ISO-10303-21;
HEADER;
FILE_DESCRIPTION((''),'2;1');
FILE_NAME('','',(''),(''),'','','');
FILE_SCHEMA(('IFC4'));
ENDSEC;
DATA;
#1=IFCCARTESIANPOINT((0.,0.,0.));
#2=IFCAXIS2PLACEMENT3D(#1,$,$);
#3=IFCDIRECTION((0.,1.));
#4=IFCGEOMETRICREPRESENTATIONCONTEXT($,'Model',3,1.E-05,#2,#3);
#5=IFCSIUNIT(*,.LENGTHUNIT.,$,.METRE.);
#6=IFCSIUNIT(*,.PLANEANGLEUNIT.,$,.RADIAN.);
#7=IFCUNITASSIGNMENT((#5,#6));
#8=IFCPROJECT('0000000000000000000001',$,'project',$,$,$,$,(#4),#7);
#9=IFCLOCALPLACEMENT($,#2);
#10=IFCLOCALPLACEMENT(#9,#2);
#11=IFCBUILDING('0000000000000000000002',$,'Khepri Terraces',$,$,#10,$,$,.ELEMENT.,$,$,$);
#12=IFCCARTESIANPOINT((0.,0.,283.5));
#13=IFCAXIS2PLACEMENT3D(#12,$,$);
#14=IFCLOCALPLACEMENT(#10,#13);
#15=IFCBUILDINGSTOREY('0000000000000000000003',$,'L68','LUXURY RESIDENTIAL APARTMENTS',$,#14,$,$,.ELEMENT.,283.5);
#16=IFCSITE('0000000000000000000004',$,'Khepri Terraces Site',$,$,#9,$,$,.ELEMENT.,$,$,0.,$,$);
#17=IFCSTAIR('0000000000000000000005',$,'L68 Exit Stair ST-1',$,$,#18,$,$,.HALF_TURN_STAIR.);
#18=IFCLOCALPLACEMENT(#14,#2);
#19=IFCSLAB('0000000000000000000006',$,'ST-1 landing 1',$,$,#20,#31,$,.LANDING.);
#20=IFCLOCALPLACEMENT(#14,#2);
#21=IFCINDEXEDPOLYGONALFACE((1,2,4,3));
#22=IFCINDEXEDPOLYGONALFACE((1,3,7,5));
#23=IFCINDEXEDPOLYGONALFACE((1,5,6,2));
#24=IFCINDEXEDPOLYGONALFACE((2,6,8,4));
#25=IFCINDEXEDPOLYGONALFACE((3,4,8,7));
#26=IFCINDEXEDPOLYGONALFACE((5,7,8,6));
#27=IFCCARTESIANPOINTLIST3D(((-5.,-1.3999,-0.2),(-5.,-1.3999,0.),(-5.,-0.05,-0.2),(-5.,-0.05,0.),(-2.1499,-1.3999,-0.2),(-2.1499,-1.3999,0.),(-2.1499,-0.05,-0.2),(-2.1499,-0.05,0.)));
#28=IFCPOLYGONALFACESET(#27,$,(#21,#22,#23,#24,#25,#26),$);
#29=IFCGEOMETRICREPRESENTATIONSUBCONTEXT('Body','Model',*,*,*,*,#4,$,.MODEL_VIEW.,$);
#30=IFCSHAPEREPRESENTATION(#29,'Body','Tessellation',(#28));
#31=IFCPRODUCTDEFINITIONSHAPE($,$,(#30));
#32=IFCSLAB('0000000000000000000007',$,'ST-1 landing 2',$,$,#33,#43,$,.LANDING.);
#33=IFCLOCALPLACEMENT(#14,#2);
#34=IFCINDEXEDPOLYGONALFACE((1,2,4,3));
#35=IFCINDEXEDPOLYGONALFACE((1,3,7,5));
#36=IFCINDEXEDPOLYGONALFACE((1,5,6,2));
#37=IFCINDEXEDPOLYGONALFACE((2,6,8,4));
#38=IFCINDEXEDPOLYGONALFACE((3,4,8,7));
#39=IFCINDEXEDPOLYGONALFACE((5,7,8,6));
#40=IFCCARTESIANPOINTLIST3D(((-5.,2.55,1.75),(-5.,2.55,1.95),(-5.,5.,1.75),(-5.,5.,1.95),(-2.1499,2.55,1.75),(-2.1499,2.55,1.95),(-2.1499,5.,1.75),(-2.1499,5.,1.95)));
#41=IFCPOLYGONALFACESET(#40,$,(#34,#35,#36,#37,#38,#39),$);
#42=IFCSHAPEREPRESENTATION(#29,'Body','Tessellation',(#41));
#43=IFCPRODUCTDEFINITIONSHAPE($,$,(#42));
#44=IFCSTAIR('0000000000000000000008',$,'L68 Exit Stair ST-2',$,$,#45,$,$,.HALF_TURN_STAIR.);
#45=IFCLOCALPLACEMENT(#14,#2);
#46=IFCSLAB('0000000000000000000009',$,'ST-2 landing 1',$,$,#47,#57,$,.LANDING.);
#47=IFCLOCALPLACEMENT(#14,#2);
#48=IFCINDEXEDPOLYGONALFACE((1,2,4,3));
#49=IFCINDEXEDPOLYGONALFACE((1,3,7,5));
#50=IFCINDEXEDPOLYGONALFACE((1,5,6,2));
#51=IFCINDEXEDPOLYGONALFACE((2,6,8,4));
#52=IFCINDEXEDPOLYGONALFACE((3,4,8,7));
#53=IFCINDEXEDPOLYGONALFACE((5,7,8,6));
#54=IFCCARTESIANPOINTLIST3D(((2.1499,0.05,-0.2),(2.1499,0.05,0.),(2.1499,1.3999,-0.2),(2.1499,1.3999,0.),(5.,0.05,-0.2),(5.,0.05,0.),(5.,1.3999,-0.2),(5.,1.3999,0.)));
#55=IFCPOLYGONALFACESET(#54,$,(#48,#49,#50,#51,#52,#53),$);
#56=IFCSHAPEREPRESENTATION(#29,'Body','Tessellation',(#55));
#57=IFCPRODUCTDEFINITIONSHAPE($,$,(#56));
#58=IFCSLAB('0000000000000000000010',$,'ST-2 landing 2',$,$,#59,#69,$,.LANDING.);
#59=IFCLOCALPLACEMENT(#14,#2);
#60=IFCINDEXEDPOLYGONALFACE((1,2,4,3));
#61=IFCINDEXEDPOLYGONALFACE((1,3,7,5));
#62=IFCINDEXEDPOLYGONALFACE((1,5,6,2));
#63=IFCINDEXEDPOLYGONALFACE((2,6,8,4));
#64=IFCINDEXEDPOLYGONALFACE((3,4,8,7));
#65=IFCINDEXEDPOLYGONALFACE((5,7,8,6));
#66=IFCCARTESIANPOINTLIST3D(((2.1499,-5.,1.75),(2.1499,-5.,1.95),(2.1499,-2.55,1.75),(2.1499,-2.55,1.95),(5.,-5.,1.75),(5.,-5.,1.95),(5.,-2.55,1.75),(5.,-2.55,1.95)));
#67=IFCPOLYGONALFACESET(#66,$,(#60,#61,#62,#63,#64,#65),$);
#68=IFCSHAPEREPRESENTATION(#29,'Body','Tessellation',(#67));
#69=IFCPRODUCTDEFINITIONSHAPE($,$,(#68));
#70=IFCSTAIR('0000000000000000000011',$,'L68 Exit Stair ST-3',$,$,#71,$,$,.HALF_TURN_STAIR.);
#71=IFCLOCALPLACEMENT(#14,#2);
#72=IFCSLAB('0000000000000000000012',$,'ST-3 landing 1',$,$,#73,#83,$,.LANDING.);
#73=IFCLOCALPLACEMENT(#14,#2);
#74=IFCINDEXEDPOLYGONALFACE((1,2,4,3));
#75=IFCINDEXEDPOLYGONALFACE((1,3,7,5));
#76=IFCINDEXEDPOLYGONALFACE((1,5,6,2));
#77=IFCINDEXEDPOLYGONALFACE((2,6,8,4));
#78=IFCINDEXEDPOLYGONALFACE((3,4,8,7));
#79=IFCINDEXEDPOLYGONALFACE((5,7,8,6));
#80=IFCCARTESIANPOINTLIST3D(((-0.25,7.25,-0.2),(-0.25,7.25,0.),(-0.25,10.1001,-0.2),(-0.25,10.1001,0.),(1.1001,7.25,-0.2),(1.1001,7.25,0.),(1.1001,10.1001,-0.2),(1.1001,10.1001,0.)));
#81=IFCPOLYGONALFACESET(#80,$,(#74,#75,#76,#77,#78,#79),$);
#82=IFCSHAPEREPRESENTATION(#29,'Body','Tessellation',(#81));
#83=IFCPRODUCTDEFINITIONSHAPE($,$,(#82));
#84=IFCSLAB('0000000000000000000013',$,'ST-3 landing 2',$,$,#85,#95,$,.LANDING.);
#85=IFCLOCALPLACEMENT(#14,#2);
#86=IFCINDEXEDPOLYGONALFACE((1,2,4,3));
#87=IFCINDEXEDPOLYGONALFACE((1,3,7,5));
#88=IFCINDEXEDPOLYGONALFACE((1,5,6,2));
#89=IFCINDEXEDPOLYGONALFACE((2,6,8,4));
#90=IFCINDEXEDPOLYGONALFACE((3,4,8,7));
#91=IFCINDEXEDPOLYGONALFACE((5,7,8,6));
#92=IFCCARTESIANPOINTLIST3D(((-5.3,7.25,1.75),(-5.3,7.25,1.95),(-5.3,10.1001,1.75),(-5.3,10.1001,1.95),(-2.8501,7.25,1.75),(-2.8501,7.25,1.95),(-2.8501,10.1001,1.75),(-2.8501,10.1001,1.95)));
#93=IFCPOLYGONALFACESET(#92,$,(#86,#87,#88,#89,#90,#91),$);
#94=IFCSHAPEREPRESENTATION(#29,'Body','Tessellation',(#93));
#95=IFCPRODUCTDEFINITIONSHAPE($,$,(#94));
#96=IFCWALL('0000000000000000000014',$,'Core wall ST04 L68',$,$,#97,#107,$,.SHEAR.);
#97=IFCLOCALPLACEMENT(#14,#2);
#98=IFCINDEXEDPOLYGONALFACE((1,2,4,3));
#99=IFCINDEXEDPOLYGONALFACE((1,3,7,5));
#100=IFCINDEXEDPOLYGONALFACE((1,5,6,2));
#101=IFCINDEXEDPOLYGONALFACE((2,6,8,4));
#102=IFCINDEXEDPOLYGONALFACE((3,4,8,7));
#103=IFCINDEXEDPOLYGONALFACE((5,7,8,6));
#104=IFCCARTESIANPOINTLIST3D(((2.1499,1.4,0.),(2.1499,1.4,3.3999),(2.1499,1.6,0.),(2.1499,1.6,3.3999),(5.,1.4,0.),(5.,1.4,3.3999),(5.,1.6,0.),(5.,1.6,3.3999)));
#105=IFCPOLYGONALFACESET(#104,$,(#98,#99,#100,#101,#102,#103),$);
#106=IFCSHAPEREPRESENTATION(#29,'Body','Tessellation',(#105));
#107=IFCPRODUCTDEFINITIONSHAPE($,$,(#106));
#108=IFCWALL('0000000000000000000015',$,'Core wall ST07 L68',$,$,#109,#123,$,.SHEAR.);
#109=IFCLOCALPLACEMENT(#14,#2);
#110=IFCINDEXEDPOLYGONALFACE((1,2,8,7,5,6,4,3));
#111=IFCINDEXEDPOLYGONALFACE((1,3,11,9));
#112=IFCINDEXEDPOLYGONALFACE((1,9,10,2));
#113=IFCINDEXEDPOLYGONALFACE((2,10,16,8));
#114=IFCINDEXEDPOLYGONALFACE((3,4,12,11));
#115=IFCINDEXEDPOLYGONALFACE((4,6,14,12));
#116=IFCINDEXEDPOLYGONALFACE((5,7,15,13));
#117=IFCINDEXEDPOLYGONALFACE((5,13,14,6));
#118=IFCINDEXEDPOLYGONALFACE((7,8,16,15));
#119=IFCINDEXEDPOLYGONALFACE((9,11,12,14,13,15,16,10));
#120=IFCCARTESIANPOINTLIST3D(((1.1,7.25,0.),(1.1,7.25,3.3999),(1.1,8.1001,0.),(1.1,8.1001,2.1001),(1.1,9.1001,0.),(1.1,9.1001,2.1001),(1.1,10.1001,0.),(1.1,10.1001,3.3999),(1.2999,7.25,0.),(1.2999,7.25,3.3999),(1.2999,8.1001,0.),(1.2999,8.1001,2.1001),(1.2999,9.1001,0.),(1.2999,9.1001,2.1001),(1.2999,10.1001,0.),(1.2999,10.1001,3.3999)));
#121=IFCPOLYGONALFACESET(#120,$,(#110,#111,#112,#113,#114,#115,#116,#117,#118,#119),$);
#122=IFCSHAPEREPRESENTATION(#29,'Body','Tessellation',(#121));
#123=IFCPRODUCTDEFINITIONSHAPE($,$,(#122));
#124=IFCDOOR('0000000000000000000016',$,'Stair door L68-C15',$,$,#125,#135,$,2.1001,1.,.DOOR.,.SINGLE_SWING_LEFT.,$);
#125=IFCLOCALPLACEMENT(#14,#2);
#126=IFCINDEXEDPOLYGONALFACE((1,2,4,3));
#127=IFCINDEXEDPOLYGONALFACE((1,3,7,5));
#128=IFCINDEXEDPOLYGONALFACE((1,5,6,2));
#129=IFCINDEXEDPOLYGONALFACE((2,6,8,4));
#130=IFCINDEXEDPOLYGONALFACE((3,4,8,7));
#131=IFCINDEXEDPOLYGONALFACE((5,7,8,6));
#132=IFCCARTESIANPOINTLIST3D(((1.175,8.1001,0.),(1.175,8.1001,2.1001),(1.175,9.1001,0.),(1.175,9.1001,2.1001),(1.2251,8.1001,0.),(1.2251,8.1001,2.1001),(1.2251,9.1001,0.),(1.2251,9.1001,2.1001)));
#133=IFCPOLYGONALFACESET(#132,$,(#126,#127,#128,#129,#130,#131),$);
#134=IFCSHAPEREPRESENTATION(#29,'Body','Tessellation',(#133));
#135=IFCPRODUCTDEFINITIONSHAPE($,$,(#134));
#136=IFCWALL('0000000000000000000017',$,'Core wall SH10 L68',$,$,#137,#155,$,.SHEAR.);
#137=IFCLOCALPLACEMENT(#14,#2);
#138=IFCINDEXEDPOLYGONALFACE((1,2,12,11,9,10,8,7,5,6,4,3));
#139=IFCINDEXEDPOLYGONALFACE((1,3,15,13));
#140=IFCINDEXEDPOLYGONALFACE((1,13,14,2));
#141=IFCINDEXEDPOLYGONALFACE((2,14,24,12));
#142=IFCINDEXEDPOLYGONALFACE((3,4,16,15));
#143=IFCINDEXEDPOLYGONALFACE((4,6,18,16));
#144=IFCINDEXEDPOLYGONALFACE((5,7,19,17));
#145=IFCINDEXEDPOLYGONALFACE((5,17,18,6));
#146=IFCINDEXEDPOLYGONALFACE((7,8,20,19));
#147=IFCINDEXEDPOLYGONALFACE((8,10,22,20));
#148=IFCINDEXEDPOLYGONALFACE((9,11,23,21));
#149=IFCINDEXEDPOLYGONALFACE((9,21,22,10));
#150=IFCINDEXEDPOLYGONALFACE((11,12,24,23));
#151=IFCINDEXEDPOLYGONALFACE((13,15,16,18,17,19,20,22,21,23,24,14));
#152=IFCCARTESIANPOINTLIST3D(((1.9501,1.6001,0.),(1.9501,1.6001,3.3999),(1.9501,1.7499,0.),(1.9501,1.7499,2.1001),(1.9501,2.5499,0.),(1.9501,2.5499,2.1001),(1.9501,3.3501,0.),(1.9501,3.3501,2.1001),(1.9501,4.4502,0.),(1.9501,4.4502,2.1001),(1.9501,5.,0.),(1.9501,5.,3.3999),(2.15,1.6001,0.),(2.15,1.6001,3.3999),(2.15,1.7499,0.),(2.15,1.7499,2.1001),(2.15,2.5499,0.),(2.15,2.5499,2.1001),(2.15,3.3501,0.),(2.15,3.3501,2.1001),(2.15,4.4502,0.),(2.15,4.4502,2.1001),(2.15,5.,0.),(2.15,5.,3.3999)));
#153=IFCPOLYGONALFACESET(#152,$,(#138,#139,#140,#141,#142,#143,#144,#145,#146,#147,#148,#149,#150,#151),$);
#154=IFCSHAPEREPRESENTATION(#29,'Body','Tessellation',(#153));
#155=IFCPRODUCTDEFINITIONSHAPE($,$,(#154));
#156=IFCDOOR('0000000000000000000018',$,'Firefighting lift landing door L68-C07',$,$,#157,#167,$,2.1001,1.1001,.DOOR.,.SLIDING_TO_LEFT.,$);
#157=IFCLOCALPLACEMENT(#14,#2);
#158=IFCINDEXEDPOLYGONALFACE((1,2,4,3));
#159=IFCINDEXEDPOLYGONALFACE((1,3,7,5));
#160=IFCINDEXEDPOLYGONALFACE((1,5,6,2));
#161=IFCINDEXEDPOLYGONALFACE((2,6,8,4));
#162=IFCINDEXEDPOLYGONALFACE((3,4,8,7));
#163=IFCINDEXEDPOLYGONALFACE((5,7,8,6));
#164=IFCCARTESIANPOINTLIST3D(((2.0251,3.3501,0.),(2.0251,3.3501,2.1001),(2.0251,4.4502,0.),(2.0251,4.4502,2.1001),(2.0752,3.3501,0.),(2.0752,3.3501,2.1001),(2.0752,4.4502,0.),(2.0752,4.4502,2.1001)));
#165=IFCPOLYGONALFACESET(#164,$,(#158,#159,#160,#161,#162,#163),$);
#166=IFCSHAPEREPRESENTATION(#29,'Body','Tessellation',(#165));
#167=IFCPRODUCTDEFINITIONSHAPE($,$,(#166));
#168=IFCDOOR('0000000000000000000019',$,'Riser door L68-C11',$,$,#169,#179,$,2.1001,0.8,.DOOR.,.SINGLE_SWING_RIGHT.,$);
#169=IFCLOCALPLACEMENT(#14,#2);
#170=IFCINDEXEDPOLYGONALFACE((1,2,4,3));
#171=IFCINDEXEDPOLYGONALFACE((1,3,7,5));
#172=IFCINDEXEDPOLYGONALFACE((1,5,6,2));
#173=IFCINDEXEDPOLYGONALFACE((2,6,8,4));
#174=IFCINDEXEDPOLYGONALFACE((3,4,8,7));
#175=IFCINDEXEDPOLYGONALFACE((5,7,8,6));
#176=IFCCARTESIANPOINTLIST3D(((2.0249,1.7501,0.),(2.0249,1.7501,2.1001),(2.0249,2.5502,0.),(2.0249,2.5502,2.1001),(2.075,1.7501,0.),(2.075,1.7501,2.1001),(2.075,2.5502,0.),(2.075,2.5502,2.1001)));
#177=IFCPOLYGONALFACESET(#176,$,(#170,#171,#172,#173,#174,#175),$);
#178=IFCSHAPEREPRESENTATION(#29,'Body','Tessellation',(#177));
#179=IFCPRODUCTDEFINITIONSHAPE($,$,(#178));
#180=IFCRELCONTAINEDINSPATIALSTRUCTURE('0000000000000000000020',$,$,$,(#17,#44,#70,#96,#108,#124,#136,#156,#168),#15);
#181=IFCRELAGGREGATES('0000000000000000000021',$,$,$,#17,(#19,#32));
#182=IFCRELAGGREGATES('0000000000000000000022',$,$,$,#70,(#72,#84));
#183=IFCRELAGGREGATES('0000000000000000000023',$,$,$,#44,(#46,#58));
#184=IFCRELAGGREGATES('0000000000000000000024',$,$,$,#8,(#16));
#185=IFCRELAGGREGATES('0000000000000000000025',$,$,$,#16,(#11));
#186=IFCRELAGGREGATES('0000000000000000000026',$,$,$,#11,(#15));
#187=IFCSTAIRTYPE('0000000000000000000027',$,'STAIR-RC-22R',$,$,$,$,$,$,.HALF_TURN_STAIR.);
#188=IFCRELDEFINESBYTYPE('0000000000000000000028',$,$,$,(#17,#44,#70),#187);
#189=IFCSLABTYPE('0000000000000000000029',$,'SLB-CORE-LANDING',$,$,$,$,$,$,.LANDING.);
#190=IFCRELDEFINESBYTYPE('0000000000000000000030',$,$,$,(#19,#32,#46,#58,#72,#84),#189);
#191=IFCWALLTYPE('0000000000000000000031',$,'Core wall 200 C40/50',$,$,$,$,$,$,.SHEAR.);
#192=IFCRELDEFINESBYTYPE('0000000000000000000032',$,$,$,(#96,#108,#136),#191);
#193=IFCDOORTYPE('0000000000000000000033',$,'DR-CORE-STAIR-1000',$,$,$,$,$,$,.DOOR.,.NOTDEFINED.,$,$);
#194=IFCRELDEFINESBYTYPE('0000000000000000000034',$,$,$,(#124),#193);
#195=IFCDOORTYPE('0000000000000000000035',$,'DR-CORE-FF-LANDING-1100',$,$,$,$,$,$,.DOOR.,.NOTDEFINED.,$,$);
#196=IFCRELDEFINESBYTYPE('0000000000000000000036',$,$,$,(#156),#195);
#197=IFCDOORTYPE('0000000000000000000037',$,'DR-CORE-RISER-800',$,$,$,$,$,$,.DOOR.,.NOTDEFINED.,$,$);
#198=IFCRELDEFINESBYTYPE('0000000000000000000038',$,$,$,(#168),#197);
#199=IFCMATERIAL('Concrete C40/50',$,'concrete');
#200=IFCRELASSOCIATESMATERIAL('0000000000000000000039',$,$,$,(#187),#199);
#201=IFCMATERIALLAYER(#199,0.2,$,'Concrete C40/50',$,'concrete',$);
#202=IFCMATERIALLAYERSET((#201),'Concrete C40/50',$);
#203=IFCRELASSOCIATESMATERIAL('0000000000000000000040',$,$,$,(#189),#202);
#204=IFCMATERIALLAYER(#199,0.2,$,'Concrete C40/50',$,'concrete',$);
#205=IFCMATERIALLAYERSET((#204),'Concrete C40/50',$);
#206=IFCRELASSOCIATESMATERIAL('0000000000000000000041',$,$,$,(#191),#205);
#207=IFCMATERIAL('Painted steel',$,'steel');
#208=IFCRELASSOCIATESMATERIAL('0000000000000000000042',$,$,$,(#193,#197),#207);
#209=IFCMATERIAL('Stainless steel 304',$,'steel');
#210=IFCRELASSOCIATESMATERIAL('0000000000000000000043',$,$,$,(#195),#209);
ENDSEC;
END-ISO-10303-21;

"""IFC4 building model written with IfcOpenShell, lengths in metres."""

from ifc_helpers import new_model, si_unit, direction, frame, frame_2d, origin, place, context, subcontext, project, spatial, polyline, rectangle, outline, extrude, material, layer, layer_set, type_object, element, fill, aggregate, save


model = new_model("IFC4")

# Units and contexts
model_context = context("Model", 3, precision=1e-05, world=origin(), true_north=direction((0.0, 1.0)))
body_context = subcontext(model_context, "Body", "Model", "MODEL_VIEW")
ifc_project = project(units=[si_unit("LENGTHUNIT", "METRE"), si_unit("PLANEANGLEUNIT", "RADIAN")], contexts=[model_context])

# Site, building, storey
site_placement = place(None, origin())
site = spatial("IfcSite", under=ifc_project, at=site_placement, Name="Khepri Terraces Site", CompositionType="ELEMENT", RefElevation=0.0)
building_placement = place(site_placement, origin())
building = spatial("IfcBuilding", under=site, at=building_placement, Name="Khepri Terraces", CompositionType="ELEMENT")
storey_placement = place(building_placement, frame((0.0, 0.0, 283.5)))
storey = spatial("IfcBuildingStorey", under=building, at=storey_placement, Name="L68", Description="LUXURY RESIDENTIAL APARTMENTS", CompositionType="ELEMENT", Elevation=283.5)

# Stairs, slabs
ifc_material_1 = material(Name="Concrete C40/50", Category="concrete")
stair_type = type_object("IfcStairType", Name="STAIR-RC-22R", PredefinedType="HALF_TURN_STAIR", material=ifc_material_1)
stair_1_placement = place(storey_placement, origin())
stair_1 = element("IfcStair", 1, at=stair_1_placement, inside=storey, type_object=stair_type, Name="L68 Exit Stair ST-1", PredefinedType="HALF_TURN_STAIR")
ifc_layer_1 = layer(ifc_material_1, 0.2, Name="Concrete C40/50", Category="concrete")
ifc_layer_set_1 = layer_set([ifc_layer_1], Name="Concrete C40/50")
slab_type = type_object("IfcSlabType", Name="SLB-CORE-LANDING", PredefinedType="LANDING", material=ifc_layer_set_1)
slab_1_placement = place(storey_placement, frame((0.0, 0.0, -0.2)))
slab_1 = element("IfcSlab", 2, at=slab_1_placement, type_object=slab_type, Name="ST-1 landing 1", PredefinedType="LANDING", context=body_context, shape_type="SweptSolid", body=[
    extrude(outline(polyline([(-2.1499, -1.3999), (-2.1499, -0.05), (-5.0, -0.05), (-5.0, -1.3999), (-2.1499, -1.3999)])), origin(), (0.0, 0.0, 1.0), 0.2),
])
slab_2_placement = place(storey_placement, frame((0.0, 0.0, 1.75)))
slab_2 = element("IfcSlab", 3, at=slab_2_placement, type_object=slab_type, Name="ST-1 landing 2", PredefinedType="LANDING", context=body_context, shape_type="SweptSolid", body=[
    extrude(outline(polyline([(-2.1499, 2.55), (-2.1499, 5.0), (-5.0, 5.0), (-5.0, 2.55), (-2.1499, 2.55)])), origin(), (0.0, 0.0, 1.0), 0.2),
])
aggregate(stair_1, [slab_1, slab_2])
stair_2_placement = place(storey_placement, origin())
stair_2 = element("IfcStair", 4, at=stair_2_placement, inside=storey, type_object=stair_type, Name="L68 Exit Stair ST-2", PredefinedType="HALF_TURN_STAIR")
slab_3_placement = place(storey_placement, frame((0.0, 0.0, -0.2)))
slab_3 = element("IfcSlab", 5, at=slab_3_placement, type_object=slab_type, Name="ST-2 landing 1", PredefinedType="LANDING", context=body_context, shape_type="SweptSolid", body=[
    extrude(outline(polyline([(2.1499, 1.3999), (2.1499, 0.05), (5.0, 0.05), (5.0, 1.3999), (2.1499, 1.3999)])), origin(), (0.0, 0.0, 1.0), 0.2),
])
slab_4_placement = place(storey_placement, frame((0.0, 0.0, 1.75)))
slab_4 = element("IfcSlab", 6, at=slab_4_placement, type_object=slab_type, Name="ST-2 landing 2", PredefinedType="LANDING", context=body_context, shape_type="SweptSolid", body=[
    extrude(outline(polyline([(2.1499, -2.55), (2.1499, -5.0), (5.0, -5.0), (5.0, -2.55), (2.1499, -2.55)])), origin(), (0.0, 0.0, 1.0), 0.2),
])
stair_3_placement = place(storey_placement, origin())
stair_3 = element("IfcStair", 7, at=stair_3_placement, inside=storey, type_object=stair_type, Name="L68 Exit Stair ST-3", PredefinedType="HALF_TURN_STAIR")
slab_5_placement = place(storey_placement, frame((0.0, 0.0, -0.2)))
slab_5 = element("IfcSlab", 8, at=slab_5_placement, type_object=slab_type, Name="ST-3 landing 1", PredefinedType="LANDING", context=body_context, shape_type="SweptSolid", body=[
    extrude(outline(polyline([(1.1001, 10.1001), (-0.25, 10.1001), (-0.25, 7.25), (1.1001, 7.25), (1.1001, 10.1001)])), origin(), (0.0, 0.0, 1.0), 0.2),
])
slab_6_placement = place(storey_placement, frame((0.0, 0.0, 1.75)))
slab_6 = element("IfcSlab", 9, at=slab_6_placement, type_object=slab_type, Name="ST-3 landing 2", PredefinedType="LANDING", context=body_context, shape_type="SweptSolid", body=[
    extrude(outline(polyline([(-2.8501, 10.1001), (-5.3, 10.1001), (-5.3, 7.25), (-2.8501, 7.25), (-2.8501, 10.1001)])), origin(), (0.0, 0.0, 1.0), 0.2),
])
aggregate(stair_3, [slab_5, slab_6])

# Wall
ifc_layer_2 = layer(ifc_material_1, 0.2, Name="Concrete C40/50", Category="concrete")
ifc_layer_set_2 = layer_set([ifc_layer_2], Name="Concrete C40/50")
wall_type_1 = type_object("IfcWallType", Name="Core wall 200 C40/50", PredefinedType="SHEAR", material=ifc_layer_set_2)
wall_1_placement = place(storey_placement, frame((2.1499, 1.5, 0.0), z_axis=(0.0, 0.0, 1.0), x_axis=(1.0, 0.0, 0.0)))
element("IfcWall", 10, at=wall_1_placement, inside=storey, type_object=wall_type_1, Name="Core wall ST04 L68", PredefinedType="SHEAR", context=body_context, shape_type="SweptSolid", body=[
    extrude(rectangle(XDim=2.8501, YDim=0.2, at=frame_2d((1.425, 0.0))), origin(), (0.0, 0.0, 1.0), 3.3999),
])

# Wall, opening, door
wall_2_placement = place(storey_placement, frame((1.2, 7.25, 0.0), z_axis=(0.0, 0.0, 1.0), x_axis=(0.0, 1.0, 0.0)))
wall_2 = element("IfcWall", 11, at=wall_2_placement, inside=storey, type_object=wall_type_1, Name="Core wall ST07 L68", PredefinedType="SHEAR", context=body_context, shape_type="SweptSolid", body=[
    extrude(rectangle(XDim=2.8501, YDim=0.2, at=frame_2d((1.425, 0.0))), origin(), (0.0, 0.0, 1.0), 3.3999),
])
opening_1_placement = place(wall_2_placement, frame((0.8501, 0.0, 0.0)))
opening_1 = element("IfcOpeningElement", 12, at=opening_1_placement, cuts=wall_2, PredefinedType="OPENING", context=body_context, shape_type="SweptSolid", body=[
    extrude(rectangle(XDim=1.0, YDim=2.1001, at=frame_2d((0.5, 1.05))), frame((0.0, 0.1099, 0.0), z_axis=(0.0, -1.0, 0.0), x_axis=(1.0, 0.0, 0.0)), (0.0, 0.0, 1.0), 0.22),
])
ifc_material_2 = material(Name="Painted steel", Category="steel")
door_type_1 = type_object("IfcDoorType", Name="DR-CORE-STAIR-1000", OperationType="NOTDEFINED", PredefinedType="DOOR", material=ifc_material_2)
door_1_placement = place(opening_1_placement, origin())
door_1 = element("IfcDoor", 13, at=door_1_placement, inside=storey, type_object=door_type_1, Name="Stair door L68-C15", OperationType="SINGLE_SWING_LEFT", OverallHeight=2.1001, OverallWidth=1.0, PredefinedType="DOOR", context=body_context, shape_type="SweptSolid", body=[
    extrude(rectangle(XDim=1.0, YDim=2.1001, at=frame_2d((0.5, 1.05))), frame((0.0, 0.0249, 0.0), z_axis=(0.0, -1.0, 0.0), x_axis=(1.0, 0.0, 0.0)), (0.0, 0.0, 1.0), 0.05),
])
fill(opening_1, door_1)

# Wall, openings, doors
wall_3_placement = place(storey_placement, frame((2.05, 1.6001, 0.0), z_axis=(0.0, 0.0, 1.0), x_axis=(0.0, 1.0, 0.0)))
wall_3 = element("IfcWall", 14, at=wall_3_placement, inside=storey, type_object=wall_type_1, Name="Core wall SH10 L68", PredefinedType="SHEAR", context=body_context, shape_type="SweptSolid", body=[
    extrude(rectangle(XDim=3.3999, YDim=0.2, at=frame_2d((1.7, 0.0))), origin(), (0.0, 0.0, 1.0), 3.3999),
])
opening_2_placement = place(wall_3_placement, frame((1.75, 0.0, 0.0)))
opening_2 = element("IfcOpeningElement", 15, at=opening_2_placement, cuts=wall_3, PredefinedType="OPENING", context=body_context, shape_type="SweptSolid", body=[
    extrude(rectangle(XDim=1.1001, YDim=2.1001, at=frame_2d((0.55, 1.05))), frame((0.0, 0.1099, 0.0), z_axis=(0.0, -1.0, 0.0), x_axis=(1.0, 0.0, 0.0)), (0.0, 0.0, 1.0), 0.22),
])
opening_3_placement = place(wall_3_placement, frame((0.1499, 0.0, 0.0)))
opening_3 = element("IfcOpeningElement", 16, at=opening_3_placement, cuts=wall_3, PredefinedType="OPENING", context=body_context, shape_type="SweptSolid", body=[
    extrude(rectangle(XDim=0.8, YDim=2.1001, at=frame_2d((0.3999, 1.05))), frame((0.0, 0.1099, 0.0), z_axis=(0.0, -1.0, 0.0), x_axis=(1.0, 0.0, 0.0)), (0.0, 0.0, 1.0), 0.22),
])
ifc_material_3 = material(Name="Stainless steel 304", Category="steel")
door_type_2 = type_object("IfcDoorType", Name="DR-CORE-FF-LANDING-1100", OperationType="NOTDEFINED", PredefinedType="DOOR", material=ifc_material_3)
door_2_placement = place(opening_2_placement, origin())
door_2 = element("IfcDoor", 17, at=door_2_placement, inside=storey, type_object=door_type_2, Name="Firefighting lift landing door L68-C07", OperationType="SLIDING_TO_LEFT", OverallHeight=2.1001, OverallWidth=1.1001, PredefinedType="DOOR", context=body_context, shape_type="SweptSolid", body=[
    extrude(rectangle(XDim=1.1001, YDim=2.1001, at=frame_2d((0.55, 1.05))), frame((0.0, 0.0249, 0.0), z_axis=(0.0, -1.0, 0.0), x_axis=(1.0, 0.0, 0.0)), (0.0, 0.0, 1.0), 0.05),
])
fill(opening_2, door_2)
door_type_3 = type_object("IfcDoorType", Name="DR-CORE-RISER-800", OperationType="NOTDEFINED", PredefinedType="DOOR", material=ifc_material_2)
door_3_placement = place(opening_3_placement, frame((0.8, 0.0, 0.0), z_axis=(0.0, 0.0, 1.0), x_axis=(-1.0, 0.0, 0.0)))
door_3 = element("IfcDoor", 18, at=door_3_placement, inside=storey, type_object=door_type_3, Name="Riser door L68-C11", OperationType="SINGLE_SWING_RIGHT", OverallHeight=2.1001, OverallWidth=0.8, PredefinedType="DOOR", context=body_context, shape_type="SweptSolid", body=[
    extrude(rectangle(XDim=0.8, YDim=2.1001, at=frame_2d((0.3999, 1.05))), frame((0.0, 0.0249, 0.0), z_axis=(0.0, -1.0, 0.0), x_axis=(1.0, 0.0, 0.0)), (0.0, 0.0, 1.0), 0.05),
])
fill(opening_3, door_3)

aggregate(stair_2, [slab_3, slab_4])

save(model, "model.ifc")
